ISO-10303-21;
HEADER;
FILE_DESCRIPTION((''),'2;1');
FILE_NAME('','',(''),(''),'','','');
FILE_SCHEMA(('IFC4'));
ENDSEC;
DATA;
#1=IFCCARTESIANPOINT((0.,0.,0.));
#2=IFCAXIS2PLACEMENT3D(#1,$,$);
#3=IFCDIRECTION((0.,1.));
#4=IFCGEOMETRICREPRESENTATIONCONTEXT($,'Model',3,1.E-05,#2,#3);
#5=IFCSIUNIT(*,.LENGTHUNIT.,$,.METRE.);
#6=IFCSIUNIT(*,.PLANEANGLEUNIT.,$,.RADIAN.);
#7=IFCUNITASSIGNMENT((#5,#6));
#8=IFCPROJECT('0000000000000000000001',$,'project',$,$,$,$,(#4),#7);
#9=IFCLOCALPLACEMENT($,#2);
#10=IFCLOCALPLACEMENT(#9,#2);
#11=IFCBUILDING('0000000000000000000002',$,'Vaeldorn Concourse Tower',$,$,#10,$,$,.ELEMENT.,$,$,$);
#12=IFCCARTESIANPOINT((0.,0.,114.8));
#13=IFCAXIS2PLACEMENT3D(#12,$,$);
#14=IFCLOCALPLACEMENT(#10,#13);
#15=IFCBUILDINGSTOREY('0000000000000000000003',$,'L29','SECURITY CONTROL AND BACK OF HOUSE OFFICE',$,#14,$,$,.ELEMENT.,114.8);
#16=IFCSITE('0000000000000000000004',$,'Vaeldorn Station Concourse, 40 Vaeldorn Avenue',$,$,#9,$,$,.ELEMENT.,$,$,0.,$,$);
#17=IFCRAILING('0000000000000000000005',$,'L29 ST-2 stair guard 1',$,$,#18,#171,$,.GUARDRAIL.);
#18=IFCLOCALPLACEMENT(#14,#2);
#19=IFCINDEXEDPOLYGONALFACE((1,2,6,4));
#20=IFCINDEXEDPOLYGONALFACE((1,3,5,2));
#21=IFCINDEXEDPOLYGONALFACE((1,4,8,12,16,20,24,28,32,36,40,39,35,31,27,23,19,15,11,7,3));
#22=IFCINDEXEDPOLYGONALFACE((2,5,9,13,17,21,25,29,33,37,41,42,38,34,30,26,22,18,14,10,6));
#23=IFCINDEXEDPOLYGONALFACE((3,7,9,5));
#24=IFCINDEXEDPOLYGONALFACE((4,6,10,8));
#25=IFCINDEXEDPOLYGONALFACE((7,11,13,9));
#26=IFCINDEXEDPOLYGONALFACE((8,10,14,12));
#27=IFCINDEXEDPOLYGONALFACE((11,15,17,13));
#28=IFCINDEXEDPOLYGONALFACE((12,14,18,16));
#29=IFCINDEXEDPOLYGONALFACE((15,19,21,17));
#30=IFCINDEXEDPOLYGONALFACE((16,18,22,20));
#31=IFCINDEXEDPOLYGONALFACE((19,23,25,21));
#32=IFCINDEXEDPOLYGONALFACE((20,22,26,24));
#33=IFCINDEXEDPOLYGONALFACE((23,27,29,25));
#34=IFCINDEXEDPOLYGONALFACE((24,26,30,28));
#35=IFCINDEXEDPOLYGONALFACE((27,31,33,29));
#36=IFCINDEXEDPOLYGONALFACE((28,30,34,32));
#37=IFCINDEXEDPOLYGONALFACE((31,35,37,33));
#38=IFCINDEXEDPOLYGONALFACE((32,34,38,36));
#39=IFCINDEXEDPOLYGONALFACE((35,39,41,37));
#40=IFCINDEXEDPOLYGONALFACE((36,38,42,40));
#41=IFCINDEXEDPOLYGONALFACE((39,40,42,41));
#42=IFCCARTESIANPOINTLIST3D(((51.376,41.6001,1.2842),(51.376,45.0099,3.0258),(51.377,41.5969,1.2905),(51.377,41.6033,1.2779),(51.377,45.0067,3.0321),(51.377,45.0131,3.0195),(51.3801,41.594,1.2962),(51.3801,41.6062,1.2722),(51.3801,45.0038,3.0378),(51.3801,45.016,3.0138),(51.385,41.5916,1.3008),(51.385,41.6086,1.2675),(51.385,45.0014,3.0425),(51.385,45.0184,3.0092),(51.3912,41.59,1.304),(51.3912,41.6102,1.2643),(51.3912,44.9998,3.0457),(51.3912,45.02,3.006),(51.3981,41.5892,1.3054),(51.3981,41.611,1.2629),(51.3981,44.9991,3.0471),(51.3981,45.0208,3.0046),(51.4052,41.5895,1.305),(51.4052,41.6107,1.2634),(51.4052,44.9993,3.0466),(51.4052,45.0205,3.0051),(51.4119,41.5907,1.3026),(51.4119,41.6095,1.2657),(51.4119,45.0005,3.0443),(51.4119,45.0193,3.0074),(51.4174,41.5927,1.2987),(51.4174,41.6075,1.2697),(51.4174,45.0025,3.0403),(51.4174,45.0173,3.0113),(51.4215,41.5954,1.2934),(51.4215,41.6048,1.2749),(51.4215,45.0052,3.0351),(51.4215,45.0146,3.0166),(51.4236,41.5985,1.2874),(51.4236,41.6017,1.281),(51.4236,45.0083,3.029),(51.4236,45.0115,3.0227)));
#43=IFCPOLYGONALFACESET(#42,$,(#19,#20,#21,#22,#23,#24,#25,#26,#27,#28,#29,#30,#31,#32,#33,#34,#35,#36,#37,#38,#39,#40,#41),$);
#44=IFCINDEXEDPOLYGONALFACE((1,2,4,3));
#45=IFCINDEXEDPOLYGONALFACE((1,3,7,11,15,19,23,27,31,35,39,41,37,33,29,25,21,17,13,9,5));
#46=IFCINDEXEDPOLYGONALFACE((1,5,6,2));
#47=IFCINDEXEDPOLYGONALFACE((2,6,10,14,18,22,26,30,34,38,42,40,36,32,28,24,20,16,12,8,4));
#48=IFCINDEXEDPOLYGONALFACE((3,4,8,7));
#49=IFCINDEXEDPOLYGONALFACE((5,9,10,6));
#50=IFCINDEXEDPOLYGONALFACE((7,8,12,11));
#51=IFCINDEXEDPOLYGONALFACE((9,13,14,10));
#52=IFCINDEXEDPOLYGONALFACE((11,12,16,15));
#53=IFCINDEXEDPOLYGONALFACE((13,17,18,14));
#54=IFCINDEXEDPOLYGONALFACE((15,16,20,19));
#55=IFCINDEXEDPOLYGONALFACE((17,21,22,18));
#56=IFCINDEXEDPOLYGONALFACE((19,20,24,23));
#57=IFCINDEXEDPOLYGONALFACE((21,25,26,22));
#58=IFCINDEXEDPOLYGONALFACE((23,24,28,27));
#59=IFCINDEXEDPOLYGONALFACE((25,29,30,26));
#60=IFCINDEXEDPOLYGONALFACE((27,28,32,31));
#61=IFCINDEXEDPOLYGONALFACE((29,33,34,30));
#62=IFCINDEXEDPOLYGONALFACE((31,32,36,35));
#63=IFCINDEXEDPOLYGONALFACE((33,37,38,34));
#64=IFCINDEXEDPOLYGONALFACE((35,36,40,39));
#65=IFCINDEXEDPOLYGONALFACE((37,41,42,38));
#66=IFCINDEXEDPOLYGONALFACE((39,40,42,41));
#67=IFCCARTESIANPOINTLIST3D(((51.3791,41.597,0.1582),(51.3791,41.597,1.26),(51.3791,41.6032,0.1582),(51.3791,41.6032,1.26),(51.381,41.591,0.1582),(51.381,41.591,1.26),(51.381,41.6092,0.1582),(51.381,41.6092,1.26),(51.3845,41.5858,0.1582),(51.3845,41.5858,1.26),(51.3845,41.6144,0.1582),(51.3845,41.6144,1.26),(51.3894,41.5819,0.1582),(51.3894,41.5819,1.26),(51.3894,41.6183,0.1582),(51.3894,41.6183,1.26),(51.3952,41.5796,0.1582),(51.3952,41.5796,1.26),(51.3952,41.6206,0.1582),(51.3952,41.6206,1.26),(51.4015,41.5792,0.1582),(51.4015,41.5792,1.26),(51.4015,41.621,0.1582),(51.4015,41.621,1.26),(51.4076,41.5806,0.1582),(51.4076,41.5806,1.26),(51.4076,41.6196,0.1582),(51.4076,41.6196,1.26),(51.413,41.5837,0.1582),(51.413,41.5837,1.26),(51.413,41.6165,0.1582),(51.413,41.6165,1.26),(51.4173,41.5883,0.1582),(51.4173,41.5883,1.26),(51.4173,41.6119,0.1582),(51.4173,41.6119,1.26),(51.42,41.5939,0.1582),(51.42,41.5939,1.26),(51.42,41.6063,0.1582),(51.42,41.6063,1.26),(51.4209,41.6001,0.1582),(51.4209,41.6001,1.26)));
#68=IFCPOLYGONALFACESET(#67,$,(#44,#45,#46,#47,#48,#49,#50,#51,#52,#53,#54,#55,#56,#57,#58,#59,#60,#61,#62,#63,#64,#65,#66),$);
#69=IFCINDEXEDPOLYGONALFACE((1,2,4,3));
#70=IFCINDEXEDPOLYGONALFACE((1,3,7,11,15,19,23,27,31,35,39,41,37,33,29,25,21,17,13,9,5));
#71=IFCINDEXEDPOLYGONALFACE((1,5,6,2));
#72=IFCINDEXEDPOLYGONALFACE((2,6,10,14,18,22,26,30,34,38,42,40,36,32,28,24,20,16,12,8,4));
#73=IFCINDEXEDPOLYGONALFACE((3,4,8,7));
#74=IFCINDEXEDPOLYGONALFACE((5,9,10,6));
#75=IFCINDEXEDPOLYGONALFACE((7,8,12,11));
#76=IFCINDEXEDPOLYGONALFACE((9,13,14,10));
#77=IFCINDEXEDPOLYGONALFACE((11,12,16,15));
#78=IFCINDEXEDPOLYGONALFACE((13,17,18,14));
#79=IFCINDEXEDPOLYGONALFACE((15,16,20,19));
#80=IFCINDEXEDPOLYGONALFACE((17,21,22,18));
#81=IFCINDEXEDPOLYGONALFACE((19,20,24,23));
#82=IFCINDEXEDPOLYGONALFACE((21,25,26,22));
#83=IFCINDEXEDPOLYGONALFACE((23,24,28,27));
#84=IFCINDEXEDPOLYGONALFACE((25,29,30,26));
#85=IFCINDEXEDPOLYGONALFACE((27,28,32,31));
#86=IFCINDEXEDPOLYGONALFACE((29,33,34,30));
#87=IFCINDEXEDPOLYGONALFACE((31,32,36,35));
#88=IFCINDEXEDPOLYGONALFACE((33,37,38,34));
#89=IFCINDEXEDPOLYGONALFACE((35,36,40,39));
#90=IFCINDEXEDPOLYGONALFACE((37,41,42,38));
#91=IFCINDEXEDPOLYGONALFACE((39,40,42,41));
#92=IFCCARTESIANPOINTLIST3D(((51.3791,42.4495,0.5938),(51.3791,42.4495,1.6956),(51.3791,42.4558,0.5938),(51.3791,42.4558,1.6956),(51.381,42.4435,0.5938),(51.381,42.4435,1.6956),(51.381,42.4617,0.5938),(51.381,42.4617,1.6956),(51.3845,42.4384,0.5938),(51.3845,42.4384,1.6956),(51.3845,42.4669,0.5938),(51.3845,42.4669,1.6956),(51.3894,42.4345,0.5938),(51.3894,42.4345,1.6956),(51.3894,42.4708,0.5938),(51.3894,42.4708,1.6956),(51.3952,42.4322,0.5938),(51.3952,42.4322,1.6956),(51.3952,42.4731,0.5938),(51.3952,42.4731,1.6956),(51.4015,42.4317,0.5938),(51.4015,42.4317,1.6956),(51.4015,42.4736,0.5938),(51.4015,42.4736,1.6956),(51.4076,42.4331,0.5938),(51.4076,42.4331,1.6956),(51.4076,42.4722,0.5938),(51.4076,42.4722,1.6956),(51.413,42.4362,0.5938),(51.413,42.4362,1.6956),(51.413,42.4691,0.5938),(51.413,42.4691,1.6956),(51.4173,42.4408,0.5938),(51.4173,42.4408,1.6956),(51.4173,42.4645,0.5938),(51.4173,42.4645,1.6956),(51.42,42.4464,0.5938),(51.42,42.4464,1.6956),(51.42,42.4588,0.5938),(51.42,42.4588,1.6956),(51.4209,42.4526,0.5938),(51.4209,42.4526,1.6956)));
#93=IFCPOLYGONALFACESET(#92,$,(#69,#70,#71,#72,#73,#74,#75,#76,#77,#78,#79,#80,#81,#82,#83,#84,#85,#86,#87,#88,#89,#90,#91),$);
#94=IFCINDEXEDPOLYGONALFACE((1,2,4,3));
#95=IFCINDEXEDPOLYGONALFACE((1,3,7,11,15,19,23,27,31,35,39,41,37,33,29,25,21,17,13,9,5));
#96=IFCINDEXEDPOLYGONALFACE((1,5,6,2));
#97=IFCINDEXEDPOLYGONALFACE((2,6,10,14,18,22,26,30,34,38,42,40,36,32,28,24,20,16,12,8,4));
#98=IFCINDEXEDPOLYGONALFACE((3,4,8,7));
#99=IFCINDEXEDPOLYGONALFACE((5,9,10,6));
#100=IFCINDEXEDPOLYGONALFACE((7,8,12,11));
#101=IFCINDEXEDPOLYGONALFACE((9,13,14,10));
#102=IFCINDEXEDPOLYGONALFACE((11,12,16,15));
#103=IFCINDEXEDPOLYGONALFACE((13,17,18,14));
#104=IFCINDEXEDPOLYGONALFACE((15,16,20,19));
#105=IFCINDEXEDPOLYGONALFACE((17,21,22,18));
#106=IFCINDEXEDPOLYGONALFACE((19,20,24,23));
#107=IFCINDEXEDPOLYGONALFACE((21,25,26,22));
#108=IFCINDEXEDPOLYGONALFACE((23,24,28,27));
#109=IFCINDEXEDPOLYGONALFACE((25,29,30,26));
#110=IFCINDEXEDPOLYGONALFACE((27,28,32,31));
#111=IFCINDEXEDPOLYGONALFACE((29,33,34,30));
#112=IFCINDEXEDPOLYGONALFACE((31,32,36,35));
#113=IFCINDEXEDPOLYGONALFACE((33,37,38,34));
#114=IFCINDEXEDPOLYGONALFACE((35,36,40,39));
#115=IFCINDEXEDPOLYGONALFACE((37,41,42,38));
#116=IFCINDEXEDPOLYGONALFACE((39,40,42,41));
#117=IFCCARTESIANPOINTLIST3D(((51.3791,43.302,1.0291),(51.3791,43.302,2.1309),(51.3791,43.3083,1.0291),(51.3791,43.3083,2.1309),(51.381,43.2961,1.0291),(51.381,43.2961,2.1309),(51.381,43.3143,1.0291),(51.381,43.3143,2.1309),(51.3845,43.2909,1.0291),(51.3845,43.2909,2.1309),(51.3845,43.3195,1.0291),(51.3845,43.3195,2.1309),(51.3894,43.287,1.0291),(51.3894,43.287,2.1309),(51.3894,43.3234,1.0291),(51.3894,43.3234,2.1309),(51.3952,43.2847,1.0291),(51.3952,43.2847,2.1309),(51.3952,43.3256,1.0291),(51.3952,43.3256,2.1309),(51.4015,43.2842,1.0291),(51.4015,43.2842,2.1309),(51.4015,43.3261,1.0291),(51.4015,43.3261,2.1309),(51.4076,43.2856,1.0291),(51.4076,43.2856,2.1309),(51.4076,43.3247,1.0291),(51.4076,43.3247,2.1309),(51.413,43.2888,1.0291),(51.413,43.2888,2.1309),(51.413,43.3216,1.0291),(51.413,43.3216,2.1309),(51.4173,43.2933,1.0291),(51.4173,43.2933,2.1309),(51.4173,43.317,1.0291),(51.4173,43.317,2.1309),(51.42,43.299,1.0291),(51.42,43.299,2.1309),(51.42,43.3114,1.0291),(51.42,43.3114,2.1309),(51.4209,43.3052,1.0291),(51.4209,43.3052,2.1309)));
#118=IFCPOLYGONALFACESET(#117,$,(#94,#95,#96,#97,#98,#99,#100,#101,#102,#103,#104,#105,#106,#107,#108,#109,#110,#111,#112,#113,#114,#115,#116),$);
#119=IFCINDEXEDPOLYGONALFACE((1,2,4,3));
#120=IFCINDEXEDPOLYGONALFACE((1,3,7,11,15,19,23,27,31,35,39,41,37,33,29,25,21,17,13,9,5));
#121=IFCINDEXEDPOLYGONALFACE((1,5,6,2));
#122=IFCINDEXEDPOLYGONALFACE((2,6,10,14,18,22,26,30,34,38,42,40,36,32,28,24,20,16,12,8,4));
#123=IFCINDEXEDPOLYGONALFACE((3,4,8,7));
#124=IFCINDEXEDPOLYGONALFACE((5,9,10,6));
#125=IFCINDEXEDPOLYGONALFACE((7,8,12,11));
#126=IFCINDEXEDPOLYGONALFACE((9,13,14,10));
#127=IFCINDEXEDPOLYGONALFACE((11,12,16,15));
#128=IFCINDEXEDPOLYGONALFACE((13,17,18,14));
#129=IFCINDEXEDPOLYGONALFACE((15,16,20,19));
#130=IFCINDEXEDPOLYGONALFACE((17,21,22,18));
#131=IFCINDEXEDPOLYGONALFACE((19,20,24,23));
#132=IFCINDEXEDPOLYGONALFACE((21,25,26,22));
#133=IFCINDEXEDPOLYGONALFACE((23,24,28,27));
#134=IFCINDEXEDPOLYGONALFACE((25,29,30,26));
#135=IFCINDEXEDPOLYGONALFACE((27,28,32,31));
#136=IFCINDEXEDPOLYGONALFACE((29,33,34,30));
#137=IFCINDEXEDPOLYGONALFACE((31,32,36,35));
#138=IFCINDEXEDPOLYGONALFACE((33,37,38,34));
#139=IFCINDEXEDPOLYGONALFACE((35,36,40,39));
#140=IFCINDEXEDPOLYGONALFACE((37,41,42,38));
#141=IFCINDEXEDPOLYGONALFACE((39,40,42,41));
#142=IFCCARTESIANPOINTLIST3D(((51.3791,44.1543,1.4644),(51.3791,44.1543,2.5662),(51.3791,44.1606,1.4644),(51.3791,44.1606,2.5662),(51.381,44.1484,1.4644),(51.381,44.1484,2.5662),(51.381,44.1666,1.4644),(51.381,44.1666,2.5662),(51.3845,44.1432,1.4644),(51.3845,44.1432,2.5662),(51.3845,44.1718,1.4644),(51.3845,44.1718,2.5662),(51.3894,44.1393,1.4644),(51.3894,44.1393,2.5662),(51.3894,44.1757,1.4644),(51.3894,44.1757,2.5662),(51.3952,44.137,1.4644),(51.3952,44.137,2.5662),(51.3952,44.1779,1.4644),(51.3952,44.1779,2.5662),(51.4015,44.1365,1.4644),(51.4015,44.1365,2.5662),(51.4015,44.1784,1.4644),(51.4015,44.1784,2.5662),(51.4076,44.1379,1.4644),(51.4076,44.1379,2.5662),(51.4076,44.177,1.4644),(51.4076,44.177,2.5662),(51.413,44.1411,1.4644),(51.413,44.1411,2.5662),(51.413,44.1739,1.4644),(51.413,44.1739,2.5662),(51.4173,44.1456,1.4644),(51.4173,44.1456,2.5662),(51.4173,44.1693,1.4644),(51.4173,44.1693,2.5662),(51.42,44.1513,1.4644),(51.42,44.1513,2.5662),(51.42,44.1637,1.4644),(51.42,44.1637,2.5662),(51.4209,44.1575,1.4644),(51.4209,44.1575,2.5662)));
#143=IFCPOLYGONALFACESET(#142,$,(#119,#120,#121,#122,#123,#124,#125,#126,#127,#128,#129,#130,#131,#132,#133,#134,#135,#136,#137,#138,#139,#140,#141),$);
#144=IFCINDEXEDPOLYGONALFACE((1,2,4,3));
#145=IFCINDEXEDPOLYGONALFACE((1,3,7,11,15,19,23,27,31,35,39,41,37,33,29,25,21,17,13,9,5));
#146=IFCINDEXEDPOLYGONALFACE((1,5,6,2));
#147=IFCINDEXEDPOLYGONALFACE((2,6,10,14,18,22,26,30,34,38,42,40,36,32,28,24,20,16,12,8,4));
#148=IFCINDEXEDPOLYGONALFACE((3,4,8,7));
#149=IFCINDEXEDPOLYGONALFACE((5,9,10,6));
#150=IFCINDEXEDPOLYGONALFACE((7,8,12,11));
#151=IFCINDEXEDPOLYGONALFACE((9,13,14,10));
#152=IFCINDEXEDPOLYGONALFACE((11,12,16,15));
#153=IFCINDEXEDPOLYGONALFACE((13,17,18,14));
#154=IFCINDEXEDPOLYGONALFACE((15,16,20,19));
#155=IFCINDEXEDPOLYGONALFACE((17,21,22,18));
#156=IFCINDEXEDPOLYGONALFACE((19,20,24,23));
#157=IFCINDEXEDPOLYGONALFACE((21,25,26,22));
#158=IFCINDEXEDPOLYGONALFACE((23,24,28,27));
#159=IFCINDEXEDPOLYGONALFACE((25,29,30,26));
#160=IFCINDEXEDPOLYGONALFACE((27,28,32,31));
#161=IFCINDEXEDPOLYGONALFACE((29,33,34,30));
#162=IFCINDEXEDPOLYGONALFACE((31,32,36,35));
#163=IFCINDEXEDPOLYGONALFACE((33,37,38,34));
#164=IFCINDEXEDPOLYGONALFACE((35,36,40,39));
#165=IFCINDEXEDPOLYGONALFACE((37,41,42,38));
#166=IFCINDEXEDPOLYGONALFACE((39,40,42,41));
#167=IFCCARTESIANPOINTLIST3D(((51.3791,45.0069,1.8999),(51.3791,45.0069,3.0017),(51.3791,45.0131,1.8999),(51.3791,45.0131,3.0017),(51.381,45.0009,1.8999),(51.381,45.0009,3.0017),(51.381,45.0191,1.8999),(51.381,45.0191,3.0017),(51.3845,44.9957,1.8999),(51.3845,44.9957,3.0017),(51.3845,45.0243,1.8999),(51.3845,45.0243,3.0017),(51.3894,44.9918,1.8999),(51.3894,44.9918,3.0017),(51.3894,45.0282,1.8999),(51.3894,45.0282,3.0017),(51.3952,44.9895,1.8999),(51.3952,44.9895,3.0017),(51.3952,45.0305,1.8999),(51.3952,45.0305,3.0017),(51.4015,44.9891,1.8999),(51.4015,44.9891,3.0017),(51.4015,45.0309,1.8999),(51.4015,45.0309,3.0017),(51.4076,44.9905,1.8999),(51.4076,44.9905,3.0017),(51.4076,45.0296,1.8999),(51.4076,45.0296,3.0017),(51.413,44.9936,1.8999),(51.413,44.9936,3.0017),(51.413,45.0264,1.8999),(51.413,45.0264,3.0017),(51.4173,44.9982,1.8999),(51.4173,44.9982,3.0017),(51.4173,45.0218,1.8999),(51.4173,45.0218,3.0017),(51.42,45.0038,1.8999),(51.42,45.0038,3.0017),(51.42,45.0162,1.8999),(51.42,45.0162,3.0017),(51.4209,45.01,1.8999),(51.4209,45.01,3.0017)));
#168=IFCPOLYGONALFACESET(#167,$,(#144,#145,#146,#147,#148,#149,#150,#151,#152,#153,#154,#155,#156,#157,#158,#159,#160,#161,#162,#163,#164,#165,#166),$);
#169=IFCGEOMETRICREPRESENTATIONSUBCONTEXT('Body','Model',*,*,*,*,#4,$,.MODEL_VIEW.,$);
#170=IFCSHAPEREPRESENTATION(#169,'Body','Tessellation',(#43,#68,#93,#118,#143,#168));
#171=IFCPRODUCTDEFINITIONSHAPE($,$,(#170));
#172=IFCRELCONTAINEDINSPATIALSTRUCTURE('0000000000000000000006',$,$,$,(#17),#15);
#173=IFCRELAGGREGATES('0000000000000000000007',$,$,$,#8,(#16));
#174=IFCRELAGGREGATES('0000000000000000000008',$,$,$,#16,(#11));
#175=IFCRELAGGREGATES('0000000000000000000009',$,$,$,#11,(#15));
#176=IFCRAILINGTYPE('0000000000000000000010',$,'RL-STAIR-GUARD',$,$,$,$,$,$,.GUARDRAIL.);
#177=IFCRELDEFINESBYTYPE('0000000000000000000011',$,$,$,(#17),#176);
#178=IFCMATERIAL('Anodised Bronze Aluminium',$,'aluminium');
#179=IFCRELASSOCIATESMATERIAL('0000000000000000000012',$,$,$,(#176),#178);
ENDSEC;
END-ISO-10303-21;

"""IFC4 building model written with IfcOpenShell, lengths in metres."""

from ifc_helpers import new_model, si_unit, direction, frame, origin, origin_2d, place, context, subcontext, project, spatial, circle, extrude, material, type_object, element, save


model = new_model("IFC4")

# Units and contexts
model_context = context("Model", 3, precision=1e-05, world=origin(), true_north=direction((0.0, 1.0)))
body_context = subcontext(model_context, "Body", "Model", "MODEL_VIEW")
ifc_project = project(units=[si_unit("LENGTHUNIT", "METRE"), si_unit("PLANEANGLEUNIT", "RADIAN")], contexts=[model_context])

# Site, building, storey
site_placement = place(None, origin())
site = spatial("IfcSite", under=ifc_project, at=site_placement, Name="Vaeldorn Station Concourse, 40 Vaeldorn Avenue", CompositionType="ELEMENT", RefElevation=0.0)
building_placement = place(site_placement, origin())
building = spatial("IfcBuilding", under=site, at=building_placement, Name="Vaeldorn Concourse Tower", CompositionType="ELEMENT")
storey_placement = place(building_placement, frame((0.0, 0.0, 114.8)))
storey = spatial("IfcBuildingStorey", under=building, at=storey_placement, Name="L29", Description="SECURITY CONTROL AND BACK OF HOUSE OFFICE", CompositionType="ELEMENT", Elevation=114.8)

# Shared definitions
ifc_material_1 = material(Name="Anodised Bronze Aluminium", Category="aluminium")

# Railing
railing_type_1 = type_object("IfcRailingType", Name="RL-STAIR-GUARD", PredefinedType="GUARDRAIL", material=ifc_material_1)
railing_1_placement = place(storey_placement, frame((51.3999, 41.6001, 0.1582)))
element("IfcRailing", 1, at=railing_1_placement, inside=storey, type_object=railing_type_1, Name="L29 ST-2 stair guard 1", PredefinedType="GUARDRAIL", context=body_context, shape_type="SweptSolid", body=[
    extrude(circle(Radius=0.0239, at=origin_2d()), frame((0.0, 0.0, 1.126), z_axis=(0.0, 0.890556, 0.454874), x_axis=(-1.0, 0.0, 0.0)), (0.0, 0.0, 1.0), 3.8289),
    extrude(circle(Radius=0.021, at=origin_2d()), origin(), (0.0, 0.0, 1.0), 1.1018),
    extrude(circle(Radius=0.021, at=origin_2d()), frame((0.0, 0.8525, 0.4355)), (0.0, 0.0, 1.0), 1.1018),
    extrude(circle(Radius=0.021, at=origin_2d()), frame((0.0, 1.7051, 0.8708)), (0.0, 0.0, 1.0), 1.1018),
    extrude(circle(Radius=0.021, at=origin_2d()), frame((0.0, 2.5574, 1.3062)), (0.0, 0.0, 1.0), 1.1018),
    extrude(circle(Radius=0.021, at=origin_2d()), frame((0.0, 3.4099, 1.7417)), (0.0, 0.0, 1.0), 1.1018),
])

save(model, "model.ifc")
